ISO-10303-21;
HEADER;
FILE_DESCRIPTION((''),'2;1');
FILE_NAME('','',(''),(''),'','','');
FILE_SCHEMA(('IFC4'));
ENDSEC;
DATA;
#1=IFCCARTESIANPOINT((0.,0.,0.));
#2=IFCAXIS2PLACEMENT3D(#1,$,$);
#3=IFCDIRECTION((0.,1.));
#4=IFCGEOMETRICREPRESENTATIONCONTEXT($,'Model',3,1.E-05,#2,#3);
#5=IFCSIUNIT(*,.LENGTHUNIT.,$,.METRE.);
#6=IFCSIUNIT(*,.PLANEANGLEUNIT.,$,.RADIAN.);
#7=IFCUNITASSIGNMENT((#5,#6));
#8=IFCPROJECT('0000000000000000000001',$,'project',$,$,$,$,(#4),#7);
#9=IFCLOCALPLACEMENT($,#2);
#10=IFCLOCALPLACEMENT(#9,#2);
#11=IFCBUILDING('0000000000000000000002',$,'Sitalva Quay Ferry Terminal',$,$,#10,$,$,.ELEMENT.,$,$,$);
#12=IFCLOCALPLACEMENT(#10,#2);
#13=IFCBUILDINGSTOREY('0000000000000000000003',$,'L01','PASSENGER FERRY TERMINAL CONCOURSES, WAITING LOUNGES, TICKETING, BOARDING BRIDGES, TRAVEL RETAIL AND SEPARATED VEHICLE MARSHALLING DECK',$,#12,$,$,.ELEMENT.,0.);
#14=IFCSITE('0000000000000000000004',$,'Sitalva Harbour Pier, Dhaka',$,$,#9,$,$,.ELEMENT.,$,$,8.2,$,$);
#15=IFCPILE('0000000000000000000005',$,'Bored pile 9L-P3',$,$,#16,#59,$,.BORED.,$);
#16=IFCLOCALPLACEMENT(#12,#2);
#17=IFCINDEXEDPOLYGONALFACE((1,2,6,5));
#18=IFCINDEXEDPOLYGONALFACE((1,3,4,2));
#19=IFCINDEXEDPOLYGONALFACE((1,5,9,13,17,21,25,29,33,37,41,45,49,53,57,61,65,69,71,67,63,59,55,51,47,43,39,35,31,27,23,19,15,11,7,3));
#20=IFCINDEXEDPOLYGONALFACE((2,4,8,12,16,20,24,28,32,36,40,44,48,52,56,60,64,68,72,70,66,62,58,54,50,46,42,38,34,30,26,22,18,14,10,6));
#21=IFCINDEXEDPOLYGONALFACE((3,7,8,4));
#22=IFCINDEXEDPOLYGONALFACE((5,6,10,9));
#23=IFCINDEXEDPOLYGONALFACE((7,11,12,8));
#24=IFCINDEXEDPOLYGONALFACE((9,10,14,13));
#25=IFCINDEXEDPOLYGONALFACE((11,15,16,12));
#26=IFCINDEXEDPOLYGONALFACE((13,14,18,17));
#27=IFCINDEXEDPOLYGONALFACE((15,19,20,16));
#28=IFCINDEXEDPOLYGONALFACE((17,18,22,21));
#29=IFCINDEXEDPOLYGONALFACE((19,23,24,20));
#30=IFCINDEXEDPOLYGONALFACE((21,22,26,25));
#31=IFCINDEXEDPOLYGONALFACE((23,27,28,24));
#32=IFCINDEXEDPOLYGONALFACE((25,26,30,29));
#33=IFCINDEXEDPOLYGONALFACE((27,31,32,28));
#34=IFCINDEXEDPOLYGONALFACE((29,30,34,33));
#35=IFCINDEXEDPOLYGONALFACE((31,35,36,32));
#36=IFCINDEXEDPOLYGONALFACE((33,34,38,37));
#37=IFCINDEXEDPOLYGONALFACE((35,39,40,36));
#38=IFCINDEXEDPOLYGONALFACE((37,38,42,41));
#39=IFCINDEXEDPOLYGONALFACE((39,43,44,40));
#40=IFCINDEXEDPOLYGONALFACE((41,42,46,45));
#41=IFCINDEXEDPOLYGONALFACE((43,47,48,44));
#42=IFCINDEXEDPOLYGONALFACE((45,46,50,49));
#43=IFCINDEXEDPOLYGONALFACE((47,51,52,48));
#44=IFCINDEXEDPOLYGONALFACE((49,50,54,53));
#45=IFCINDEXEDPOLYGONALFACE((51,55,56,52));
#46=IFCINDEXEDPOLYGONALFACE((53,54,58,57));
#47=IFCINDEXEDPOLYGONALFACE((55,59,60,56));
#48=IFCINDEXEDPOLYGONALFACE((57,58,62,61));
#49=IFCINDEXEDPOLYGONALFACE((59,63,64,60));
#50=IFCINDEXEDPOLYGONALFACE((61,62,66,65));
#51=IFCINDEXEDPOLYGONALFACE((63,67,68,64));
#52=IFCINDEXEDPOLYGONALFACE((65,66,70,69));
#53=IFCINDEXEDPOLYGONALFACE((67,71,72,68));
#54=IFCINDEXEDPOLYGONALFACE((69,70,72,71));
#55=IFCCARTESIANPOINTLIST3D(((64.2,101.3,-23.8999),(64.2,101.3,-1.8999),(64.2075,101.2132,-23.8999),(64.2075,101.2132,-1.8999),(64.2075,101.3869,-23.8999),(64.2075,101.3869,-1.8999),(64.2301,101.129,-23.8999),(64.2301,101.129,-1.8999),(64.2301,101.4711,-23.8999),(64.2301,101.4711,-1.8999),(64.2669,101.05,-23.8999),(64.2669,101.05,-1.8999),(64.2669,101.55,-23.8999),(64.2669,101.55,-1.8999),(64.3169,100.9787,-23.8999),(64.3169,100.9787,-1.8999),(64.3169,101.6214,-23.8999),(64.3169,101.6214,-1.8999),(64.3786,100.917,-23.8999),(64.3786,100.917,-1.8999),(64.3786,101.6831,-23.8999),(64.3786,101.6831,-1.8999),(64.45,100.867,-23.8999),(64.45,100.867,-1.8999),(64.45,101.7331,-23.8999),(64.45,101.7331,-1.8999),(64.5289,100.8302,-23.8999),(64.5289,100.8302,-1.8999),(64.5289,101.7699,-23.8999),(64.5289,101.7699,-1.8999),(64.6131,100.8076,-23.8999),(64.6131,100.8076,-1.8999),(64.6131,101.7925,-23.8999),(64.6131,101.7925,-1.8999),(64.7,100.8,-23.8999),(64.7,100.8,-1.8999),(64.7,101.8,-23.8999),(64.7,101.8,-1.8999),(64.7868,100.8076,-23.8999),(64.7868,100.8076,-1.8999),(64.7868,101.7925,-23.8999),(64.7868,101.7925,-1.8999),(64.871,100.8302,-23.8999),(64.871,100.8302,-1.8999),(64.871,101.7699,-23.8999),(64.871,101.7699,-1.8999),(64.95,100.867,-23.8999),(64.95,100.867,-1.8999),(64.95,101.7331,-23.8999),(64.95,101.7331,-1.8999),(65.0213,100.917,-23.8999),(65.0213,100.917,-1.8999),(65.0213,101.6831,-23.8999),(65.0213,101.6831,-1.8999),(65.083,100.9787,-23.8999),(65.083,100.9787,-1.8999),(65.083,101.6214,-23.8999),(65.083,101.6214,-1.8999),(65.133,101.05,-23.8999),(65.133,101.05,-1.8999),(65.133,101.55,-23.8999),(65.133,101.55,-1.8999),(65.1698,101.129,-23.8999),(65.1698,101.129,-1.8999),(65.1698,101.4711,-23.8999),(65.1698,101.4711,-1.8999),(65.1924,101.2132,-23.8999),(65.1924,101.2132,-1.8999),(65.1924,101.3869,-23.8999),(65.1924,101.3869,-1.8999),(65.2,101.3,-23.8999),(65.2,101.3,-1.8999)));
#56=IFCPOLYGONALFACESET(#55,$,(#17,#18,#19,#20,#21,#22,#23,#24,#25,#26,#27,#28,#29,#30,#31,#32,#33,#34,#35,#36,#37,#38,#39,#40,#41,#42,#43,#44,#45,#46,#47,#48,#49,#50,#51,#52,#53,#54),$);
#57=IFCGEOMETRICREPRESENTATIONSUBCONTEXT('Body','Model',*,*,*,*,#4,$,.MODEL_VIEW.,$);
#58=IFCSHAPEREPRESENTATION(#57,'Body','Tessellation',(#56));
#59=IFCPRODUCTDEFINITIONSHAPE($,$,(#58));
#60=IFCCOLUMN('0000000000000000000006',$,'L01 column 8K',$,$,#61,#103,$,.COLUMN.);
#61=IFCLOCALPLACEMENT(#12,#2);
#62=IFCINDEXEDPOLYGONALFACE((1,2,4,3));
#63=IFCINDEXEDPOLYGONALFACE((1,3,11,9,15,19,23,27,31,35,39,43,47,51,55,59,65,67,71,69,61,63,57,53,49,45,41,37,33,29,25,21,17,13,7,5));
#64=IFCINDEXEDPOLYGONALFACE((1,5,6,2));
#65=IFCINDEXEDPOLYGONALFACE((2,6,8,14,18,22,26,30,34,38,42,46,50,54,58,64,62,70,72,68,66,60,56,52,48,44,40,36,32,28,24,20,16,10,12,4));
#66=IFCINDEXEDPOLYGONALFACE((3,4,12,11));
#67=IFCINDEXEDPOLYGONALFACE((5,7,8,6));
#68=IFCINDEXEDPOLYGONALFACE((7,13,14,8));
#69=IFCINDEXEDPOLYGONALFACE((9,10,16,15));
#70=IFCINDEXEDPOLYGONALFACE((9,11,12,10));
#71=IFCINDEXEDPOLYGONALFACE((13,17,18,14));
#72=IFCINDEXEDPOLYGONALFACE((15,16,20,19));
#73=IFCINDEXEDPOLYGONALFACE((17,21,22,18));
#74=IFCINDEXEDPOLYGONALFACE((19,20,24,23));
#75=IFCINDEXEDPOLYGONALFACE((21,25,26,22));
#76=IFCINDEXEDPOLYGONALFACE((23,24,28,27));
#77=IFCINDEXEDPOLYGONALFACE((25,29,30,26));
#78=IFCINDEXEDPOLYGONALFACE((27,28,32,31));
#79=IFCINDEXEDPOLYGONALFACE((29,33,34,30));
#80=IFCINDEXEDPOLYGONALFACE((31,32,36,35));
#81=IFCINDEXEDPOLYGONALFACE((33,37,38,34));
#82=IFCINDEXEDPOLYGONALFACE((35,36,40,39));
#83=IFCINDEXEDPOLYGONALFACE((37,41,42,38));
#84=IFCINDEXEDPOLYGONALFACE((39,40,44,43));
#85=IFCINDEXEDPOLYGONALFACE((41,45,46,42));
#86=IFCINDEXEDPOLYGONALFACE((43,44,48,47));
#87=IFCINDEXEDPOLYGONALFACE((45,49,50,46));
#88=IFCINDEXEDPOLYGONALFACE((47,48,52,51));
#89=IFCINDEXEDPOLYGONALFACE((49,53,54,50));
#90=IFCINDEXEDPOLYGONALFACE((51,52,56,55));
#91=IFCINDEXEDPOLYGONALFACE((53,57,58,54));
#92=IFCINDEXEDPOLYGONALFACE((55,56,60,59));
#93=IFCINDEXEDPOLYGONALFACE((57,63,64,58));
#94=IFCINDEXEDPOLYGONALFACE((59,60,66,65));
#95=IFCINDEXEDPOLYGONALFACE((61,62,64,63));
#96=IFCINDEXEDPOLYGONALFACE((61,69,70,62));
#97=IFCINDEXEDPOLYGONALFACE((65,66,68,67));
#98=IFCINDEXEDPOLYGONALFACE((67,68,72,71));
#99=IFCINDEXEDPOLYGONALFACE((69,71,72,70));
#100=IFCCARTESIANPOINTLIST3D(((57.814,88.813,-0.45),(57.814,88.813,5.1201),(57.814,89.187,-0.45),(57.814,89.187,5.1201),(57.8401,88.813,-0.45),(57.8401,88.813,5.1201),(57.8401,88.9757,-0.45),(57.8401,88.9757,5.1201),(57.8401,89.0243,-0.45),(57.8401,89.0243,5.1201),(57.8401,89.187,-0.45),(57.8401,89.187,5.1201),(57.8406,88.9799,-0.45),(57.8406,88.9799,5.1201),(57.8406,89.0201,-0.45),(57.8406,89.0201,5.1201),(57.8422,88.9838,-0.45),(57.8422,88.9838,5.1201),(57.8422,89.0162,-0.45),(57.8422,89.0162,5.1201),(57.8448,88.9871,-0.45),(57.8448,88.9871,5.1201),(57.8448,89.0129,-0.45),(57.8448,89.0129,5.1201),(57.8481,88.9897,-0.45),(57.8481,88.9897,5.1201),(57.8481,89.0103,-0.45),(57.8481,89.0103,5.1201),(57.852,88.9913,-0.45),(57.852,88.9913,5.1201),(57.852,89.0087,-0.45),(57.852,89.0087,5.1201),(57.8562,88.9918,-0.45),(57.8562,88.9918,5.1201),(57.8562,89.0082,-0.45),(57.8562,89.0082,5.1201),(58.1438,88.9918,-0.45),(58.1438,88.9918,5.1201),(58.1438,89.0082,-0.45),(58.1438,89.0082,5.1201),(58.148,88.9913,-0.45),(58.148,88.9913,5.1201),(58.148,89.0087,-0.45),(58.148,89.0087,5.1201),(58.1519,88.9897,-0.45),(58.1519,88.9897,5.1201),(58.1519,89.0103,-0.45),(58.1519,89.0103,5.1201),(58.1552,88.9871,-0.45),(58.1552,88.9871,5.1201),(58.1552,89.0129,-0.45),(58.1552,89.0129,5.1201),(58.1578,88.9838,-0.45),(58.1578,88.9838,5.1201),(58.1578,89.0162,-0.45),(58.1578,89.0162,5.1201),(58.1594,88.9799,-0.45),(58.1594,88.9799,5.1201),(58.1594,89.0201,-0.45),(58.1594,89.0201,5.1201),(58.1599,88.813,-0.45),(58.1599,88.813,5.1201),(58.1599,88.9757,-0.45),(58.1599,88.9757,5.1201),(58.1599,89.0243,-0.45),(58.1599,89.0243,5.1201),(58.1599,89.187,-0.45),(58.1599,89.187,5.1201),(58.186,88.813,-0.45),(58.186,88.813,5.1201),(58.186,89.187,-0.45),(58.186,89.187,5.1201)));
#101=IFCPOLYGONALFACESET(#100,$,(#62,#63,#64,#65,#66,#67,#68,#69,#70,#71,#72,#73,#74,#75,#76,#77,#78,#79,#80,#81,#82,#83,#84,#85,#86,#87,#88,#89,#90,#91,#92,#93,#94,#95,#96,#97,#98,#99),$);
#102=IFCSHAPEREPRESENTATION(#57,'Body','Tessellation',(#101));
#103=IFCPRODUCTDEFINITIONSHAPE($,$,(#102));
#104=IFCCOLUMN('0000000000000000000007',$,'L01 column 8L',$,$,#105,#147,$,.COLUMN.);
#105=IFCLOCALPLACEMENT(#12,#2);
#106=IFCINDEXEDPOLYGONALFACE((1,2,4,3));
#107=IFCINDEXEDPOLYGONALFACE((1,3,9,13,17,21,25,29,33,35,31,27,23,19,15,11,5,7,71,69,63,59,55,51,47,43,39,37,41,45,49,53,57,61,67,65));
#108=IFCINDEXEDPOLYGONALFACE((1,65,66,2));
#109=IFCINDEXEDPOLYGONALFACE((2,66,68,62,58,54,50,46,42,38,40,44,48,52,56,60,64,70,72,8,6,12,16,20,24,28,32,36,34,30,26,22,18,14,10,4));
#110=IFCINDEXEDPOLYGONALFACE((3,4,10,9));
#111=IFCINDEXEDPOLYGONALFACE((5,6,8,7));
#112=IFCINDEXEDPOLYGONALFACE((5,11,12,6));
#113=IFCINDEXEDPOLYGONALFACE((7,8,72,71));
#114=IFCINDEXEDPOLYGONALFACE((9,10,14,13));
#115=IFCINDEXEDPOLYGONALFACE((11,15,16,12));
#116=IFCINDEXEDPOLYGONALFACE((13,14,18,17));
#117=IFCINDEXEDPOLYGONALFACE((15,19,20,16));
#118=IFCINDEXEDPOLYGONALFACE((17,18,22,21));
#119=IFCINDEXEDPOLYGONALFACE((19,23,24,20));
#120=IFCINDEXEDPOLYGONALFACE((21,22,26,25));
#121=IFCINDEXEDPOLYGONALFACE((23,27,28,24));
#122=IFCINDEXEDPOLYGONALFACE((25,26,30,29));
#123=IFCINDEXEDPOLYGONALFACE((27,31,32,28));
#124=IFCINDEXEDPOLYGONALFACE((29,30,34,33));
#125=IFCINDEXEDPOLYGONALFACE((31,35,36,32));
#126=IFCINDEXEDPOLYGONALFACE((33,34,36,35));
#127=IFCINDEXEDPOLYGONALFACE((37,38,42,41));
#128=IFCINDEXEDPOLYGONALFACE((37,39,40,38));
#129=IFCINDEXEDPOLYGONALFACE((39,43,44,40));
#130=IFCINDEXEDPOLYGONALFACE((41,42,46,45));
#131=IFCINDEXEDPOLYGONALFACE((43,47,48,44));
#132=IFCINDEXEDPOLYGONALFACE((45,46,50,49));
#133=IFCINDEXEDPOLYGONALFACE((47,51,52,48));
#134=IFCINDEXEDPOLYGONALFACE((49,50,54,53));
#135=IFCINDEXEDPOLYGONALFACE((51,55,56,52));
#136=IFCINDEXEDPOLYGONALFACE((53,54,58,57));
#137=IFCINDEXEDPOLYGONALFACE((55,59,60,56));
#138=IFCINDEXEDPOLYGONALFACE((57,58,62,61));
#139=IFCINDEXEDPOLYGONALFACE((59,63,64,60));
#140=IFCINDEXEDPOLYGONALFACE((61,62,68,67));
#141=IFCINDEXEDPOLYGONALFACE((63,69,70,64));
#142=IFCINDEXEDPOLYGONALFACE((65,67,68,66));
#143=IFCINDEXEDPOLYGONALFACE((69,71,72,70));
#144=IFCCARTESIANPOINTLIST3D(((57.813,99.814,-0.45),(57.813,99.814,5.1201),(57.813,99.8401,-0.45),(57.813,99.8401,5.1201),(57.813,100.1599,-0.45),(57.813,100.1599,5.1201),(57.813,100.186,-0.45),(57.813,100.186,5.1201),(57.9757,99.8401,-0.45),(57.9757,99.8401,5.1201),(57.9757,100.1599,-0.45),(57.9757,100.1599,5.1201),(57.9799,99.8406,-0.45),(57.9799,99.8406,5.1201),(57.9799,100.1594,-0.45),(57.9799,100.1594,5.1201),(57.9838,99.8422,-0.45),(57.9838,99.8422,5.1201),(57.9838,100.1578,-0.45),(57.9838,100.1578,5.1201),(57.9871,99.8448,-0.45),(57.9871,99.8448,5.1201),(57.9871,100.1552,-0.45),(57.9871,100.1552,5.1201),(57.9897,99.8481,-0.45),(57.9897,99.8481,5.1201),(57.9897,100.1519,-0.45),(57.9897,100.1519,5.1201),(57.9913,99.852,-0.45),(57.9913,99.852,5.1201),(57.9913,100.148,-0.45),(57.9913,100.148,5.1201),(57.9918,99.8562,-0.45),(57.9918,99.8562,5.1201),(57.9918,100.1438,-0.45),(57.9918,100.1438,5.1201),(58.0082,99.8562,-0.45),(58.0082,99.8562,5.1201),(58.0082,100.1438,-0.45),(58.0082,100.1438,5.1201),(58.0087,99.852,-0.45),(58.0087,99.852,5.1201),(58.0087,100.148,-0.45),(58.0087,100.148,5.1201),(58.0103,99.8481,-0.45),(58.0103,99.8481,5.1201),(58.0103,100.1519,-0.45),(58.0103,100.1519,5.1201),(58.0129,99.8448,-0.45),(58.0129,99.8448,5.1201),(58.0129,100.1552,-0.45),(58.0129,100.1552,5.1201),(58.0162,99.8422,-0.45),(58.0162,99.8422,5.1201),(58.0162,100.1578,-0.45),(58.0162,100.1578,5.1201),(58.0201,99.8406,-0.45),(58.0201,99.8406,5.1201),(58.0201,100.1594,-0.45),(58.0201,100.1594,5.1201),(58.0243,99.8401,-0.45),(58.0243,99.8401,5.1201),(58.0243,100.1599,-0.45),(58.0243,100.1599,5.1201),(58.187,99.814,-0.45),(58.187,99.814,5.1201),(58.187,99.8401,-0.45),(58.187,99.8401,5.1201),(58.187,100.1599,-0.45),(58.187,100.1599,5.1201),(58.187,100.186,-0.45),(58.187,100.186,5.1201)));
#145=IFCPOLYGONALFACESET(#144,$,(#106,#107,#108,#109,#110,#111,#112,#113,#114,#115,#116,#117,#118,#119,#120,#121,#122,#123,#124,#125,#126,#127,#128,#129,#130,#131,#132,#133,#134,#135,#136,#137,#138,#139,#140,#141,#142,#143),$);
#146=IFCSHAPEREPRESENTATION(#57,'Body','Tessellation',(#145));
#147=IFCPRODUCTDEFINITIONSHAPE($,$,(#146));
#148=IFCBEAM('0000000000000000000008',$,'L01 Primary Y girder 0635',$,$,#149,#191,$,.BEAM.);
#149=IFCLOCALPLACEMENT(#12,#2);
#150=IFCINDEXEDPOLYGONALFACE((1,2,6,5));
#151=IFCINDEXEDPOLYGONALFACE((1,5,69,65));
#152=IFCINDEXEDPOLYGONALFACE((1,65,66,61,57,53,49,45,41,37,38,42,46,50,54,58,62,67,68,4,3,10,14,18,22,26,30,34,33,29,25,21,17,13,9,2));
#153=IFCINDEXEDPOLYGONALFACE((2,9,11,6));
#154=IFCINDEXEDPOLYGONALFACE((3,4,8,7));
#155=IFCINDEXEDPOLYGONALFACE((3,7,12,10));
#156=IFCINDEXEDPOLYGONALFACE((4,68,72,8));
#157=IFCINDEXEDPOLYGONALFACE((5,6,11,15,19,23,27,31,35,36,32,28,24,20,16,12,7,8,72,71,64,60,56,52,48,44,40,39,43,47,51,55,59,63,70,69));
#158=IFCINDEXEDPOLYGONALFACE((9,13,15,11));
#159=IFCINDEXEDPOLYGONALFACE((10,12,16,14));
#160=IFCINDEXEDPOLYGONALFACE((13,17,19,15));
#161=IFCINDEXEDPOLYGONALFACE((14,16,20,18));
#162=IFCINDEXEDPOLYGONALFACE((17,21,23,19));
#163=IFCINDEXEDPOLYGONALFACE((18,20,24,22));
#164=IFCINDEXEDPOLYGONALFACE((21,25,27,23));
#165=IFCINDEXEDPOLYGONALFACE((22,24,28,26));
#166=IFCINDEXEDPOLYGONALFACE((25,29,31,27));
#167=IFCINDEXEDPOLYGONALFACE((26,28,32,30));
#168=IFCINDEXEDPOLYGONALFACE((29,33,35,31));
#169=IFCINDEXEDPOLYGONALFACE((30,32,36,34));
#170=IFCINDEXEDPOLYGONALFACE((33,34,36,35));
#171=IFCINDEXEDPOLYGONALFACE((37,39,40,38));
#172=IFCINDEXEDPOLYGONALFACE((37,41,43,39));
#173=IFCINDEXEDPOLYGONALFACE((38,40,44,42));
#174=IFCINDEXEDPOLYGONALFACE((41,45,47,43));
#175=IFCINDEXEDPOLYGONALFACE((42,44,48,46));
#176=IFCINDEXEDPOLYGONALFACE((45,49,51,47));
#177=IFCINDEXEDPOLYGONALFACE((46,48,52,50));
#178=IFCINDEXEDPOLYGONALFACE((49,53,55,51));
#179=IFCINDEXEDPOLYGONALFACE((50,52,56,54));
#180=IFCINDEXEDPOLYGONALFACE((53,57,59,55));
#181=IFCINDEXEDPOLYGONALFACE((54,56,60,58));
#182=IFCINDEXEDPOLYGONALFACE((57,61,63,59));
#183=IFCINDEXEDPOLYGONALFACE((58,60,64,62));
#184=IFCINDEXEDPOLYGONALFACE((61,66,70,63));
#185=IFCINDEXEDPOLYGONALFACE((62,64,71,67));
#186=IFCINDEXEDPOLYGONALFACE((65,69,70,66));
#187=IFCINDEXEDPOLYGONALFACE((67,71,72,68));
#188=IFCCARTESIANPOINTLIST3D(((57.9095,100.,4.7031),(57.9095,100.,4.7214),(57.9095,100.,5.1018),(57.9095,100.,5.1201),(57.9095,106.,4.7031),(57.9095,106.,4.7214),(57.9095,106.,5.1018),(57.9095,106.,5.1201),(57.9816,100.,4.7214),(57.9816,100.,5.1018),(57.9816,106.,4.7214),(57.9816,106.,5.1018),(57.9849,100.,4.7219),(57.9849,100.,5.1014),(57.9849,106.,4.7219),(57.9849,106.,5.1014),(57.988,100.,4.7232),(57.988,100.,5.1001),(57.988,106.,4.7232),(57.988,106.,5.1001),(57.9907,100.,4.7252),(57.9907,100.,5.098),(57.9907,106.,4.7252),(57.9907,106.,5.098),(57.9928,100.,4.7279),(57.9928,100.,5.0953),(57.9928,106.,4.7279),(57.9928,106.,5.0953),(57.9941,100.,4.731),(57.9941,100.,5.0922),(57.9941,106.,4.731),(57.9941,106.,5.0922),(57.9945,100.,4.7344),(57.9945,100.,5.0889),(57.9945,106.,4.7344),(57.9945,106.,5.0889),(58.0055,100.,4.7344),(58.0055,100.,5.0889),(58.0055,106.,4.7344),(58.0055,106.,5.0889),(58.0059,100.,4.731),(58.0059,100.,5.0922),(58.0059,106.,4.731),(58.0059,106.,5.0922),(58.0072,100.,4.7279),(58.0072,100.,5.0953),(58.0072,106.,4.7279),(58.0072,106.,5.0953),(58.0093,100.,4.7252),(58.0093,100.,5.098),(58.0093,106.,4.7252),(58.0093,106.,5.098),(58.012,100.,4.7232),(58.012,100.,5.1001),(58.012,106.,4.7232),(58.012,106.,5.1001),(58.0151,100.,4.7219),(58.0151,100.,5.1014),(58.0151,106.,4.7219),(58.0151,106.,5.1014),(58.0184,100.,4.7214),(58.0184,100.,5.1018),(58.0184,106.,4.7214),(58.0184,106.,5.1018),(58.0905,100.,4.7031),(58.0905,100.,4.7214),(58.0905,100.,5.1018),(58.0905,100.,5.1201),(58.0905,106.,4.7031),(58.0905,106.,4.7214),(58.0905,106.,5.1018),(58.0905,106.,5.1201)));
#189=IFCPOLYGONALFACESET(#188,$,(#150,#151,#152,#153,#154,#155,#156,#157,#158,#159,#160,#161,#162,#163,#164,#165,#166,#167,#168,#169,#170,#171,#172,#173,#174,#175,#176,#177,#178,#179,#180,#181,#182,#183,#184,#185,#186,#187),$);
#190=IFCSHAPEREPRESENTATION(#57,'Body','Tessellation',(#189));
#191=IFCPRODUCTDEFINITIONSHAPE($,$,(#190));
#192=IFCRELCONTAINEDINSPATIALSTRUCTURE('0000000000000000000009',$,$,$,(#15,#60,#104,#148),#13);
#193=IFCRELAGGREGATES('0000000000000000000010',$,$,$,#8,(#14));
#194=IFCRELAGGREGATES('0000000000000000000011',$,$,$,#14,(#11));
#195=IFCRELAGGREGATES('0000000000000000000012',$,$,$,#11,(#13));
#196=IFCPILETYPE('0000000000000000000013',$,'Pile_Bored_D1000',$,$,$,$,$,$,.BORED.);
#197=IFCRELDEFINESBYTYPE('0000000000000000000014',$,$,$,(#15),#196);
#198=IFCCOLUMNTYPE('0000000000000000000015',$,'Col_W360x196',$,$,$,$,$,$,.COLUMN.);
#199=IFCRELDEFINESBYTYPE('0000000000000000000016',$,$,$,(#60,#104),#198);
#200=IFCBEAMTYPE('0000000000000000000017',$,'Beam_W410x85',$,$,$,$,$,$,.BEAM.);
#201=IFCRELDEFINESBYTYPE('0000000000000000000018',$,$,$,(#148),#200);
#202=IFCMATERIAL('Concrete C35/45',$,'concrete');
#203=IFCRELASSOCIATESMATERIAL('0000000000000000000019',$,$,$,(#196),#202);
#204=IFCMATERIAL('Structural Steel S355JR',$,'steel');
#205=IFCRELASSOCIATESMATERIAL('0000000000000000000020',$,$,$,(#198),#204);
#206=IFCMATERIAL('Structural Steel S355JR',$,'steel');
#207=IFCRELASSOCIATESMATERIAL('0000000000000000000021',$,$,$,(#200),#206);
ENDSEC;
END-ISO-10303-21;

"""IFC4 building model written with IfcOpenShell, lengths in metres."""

from ifc_helpers import new_model, si_unit, direction, frame, origin, origin_2d, place, context, subcontext, project, spatial, circle, i_section, extrude, material, material_profile, profile_set, type_object, element, save


model = new_model("IFC4")

# Units and contexts
model_context = context("Model", 3, precision=1e-05, world=origin(), true_north=direction((0.0, 1.0)))
body_context = subcontext(model_context, "Body", "Model", "MODEL_VIEW")
ifc_project = project(units=[si_unit("LENGTHUNIT", "METRE"), si_unit("PLANEANGLEUNIT", "RADIAN")], contexts=[model_context])

# Site, building, storey
site_placement = place(None, origin())
site = spatial("IfcSite", under=ifc_project, at=site_placement, Name="Sitalva Harbour Pier, Dhaka", CompositionType="ELEMENT", RefElevation=8.2)
building_placement = place(site_placement, origin())
building = spatial("IfcBuilding", under=site, at=building_placement, Name="Sitalva Quay Ferry Terminal", CompositionType="ELEMENT")
storey_placement = place(building_placement, origin())
storey = spatial("IfcBuildingStorey", under=building, at=storey_placement, Name="L01", Description="PASSENGER FERRY TERMINAL CONCOURSES, WAITING LOUNGES, TICKETING, BOARDING BRIDGES, TRAVEL RETAIL AND SEPARATED VEHICLE MARSHALLING DECK", CompositionType="ELEMENT", Elevation=0.0)

# Pile
ifc_material_1 = material(Name="Concrete C35/45", Category="concrete")
ifc_material_profile_1 = material_profile(ifc_material_1, circle(Radius=0.5, at=origin_2d()), Name="PILE-D1000")
ifc_profile_set_1 = profile_set([ifc_material_profile_1], Name="Concrete C35/45")
pile_type = type_object("IfcPileType", Name="Pile_Bored_D1000", PredefinedType="BORED", material=ifc_profile_set_1)
for number, where, z_axis, x_axis, name in (
    (1, (64.7, 101.3, -1.8999), (0.0, 0.0, -1.0), (1.0, 0.0, 0.0), "Bored pile 9L-P3"),
):
    element("IfcPile", number, at=place(storey_placement, frame(where, z_axis=z_axis, x_axis=x_axis)), inside=storey, type_object=pile_type, Name=name, PredefinedType="BORED", context=body_context, shape_type="SweptSolid", body=[
        extrude(circle(Radius=0.5, at=origin_2d()), origin(), (0.0, 0.0, 1.0), 22.0),
    ])

# Columns
ifc_material_2 = material(Name="Structural Steel S355JR", Category="steel")
ifc_material_profile_2 = material_profile(ifc_material_2, i_section(OverallWidth=0.374, OverallDepth=0.3721, WebThickness=0.0164, FlangeThickness=0.0261, FilletRadius=0.0161, at=origin_2d()), Name="W360x196")
ifc_profile_set_2 = profile_set([ifc_material_profile_2], Name="Structural Steel S355JR")
column_type = type_object("IfcColumnType", Name="Col_W360x196", PredefinedType="COLUMN", material=ifc_profile_set_2)
for number, where, z_axis, x_axis, name in (
    (2, (58.0, 89.0, -0.45), (0.0, 0.0, 1.0), (0.0, 1.0, 0.0), "L01 column 8K"),
    (3, (58.0, 100.0, -0.45), (0.0, 0.0, 1.0), (1.0, 0.0, 0.0), "L01 column 8L"),
):
    element("IfcColumn", number, at=place(storey_placement, frame(where, z_axis=z_axis, x_axis=x_axis)), inside=storey, type_object=column_type, Name=name, PredefinedType="COLUMN", context=body_context, shape_type="SweptSolid", body=[
        extrude(i_section(OverallWidth=0.374, OverallDepth=0.3721, WebThickness=0.0164, FlangeThickness=0.0261, FilletRadius=0.0161, at=origin_2d()), origin(), (0.0, 0.0, 1.0), 5.5701),
    ])

# Beam
ifc_material_3 = material(Name="Structural Steel S355JR", Category="steel")
ifc_material_profile_3 = material_profile(ifc_material_3, i_section(OverallWidth=0.1809, OverallDepth=0.417, WebThickness=0.011, FlangeThickness=0.0183, FilletRadius=0.0129, at=origin_2d()), Name="W410x85")
ifc_profile_set_3 = profile_set([ifc_material_profile_3], Name="Structural Steel S355JR")
beam_type_1 = type_object("IfcBeamType", Name="Beam_W410x85", PredefinedType="BEAM", material=ifc_profile_set_3)
beam_1_placement = place(storey_placement, frame((58.0, 100.0, 4.9116), z_axis=(0.0, 1.0, 0.0), x_axis=(-1.0, 0.0, 0.0)))
element("IfcBeam", 4, at=beam_1_placement, inside=storey, type_object=beam_type_1, Name="L01 Primary Y girder 0635", PredefinedType="BEAM", context=body_context, shape_type="SweptSolid", body=[
    extrude(i_section(OverallWidth=0.1809, OverallDepth=0.417, WebThickness=0.011, FlangeThickness=0.0183, FilletRadius=0.0129, at=origin_2d()), origin(), (0.0, 0.0, 1.0), 6.0),
])

save(model, "model.ifc")
